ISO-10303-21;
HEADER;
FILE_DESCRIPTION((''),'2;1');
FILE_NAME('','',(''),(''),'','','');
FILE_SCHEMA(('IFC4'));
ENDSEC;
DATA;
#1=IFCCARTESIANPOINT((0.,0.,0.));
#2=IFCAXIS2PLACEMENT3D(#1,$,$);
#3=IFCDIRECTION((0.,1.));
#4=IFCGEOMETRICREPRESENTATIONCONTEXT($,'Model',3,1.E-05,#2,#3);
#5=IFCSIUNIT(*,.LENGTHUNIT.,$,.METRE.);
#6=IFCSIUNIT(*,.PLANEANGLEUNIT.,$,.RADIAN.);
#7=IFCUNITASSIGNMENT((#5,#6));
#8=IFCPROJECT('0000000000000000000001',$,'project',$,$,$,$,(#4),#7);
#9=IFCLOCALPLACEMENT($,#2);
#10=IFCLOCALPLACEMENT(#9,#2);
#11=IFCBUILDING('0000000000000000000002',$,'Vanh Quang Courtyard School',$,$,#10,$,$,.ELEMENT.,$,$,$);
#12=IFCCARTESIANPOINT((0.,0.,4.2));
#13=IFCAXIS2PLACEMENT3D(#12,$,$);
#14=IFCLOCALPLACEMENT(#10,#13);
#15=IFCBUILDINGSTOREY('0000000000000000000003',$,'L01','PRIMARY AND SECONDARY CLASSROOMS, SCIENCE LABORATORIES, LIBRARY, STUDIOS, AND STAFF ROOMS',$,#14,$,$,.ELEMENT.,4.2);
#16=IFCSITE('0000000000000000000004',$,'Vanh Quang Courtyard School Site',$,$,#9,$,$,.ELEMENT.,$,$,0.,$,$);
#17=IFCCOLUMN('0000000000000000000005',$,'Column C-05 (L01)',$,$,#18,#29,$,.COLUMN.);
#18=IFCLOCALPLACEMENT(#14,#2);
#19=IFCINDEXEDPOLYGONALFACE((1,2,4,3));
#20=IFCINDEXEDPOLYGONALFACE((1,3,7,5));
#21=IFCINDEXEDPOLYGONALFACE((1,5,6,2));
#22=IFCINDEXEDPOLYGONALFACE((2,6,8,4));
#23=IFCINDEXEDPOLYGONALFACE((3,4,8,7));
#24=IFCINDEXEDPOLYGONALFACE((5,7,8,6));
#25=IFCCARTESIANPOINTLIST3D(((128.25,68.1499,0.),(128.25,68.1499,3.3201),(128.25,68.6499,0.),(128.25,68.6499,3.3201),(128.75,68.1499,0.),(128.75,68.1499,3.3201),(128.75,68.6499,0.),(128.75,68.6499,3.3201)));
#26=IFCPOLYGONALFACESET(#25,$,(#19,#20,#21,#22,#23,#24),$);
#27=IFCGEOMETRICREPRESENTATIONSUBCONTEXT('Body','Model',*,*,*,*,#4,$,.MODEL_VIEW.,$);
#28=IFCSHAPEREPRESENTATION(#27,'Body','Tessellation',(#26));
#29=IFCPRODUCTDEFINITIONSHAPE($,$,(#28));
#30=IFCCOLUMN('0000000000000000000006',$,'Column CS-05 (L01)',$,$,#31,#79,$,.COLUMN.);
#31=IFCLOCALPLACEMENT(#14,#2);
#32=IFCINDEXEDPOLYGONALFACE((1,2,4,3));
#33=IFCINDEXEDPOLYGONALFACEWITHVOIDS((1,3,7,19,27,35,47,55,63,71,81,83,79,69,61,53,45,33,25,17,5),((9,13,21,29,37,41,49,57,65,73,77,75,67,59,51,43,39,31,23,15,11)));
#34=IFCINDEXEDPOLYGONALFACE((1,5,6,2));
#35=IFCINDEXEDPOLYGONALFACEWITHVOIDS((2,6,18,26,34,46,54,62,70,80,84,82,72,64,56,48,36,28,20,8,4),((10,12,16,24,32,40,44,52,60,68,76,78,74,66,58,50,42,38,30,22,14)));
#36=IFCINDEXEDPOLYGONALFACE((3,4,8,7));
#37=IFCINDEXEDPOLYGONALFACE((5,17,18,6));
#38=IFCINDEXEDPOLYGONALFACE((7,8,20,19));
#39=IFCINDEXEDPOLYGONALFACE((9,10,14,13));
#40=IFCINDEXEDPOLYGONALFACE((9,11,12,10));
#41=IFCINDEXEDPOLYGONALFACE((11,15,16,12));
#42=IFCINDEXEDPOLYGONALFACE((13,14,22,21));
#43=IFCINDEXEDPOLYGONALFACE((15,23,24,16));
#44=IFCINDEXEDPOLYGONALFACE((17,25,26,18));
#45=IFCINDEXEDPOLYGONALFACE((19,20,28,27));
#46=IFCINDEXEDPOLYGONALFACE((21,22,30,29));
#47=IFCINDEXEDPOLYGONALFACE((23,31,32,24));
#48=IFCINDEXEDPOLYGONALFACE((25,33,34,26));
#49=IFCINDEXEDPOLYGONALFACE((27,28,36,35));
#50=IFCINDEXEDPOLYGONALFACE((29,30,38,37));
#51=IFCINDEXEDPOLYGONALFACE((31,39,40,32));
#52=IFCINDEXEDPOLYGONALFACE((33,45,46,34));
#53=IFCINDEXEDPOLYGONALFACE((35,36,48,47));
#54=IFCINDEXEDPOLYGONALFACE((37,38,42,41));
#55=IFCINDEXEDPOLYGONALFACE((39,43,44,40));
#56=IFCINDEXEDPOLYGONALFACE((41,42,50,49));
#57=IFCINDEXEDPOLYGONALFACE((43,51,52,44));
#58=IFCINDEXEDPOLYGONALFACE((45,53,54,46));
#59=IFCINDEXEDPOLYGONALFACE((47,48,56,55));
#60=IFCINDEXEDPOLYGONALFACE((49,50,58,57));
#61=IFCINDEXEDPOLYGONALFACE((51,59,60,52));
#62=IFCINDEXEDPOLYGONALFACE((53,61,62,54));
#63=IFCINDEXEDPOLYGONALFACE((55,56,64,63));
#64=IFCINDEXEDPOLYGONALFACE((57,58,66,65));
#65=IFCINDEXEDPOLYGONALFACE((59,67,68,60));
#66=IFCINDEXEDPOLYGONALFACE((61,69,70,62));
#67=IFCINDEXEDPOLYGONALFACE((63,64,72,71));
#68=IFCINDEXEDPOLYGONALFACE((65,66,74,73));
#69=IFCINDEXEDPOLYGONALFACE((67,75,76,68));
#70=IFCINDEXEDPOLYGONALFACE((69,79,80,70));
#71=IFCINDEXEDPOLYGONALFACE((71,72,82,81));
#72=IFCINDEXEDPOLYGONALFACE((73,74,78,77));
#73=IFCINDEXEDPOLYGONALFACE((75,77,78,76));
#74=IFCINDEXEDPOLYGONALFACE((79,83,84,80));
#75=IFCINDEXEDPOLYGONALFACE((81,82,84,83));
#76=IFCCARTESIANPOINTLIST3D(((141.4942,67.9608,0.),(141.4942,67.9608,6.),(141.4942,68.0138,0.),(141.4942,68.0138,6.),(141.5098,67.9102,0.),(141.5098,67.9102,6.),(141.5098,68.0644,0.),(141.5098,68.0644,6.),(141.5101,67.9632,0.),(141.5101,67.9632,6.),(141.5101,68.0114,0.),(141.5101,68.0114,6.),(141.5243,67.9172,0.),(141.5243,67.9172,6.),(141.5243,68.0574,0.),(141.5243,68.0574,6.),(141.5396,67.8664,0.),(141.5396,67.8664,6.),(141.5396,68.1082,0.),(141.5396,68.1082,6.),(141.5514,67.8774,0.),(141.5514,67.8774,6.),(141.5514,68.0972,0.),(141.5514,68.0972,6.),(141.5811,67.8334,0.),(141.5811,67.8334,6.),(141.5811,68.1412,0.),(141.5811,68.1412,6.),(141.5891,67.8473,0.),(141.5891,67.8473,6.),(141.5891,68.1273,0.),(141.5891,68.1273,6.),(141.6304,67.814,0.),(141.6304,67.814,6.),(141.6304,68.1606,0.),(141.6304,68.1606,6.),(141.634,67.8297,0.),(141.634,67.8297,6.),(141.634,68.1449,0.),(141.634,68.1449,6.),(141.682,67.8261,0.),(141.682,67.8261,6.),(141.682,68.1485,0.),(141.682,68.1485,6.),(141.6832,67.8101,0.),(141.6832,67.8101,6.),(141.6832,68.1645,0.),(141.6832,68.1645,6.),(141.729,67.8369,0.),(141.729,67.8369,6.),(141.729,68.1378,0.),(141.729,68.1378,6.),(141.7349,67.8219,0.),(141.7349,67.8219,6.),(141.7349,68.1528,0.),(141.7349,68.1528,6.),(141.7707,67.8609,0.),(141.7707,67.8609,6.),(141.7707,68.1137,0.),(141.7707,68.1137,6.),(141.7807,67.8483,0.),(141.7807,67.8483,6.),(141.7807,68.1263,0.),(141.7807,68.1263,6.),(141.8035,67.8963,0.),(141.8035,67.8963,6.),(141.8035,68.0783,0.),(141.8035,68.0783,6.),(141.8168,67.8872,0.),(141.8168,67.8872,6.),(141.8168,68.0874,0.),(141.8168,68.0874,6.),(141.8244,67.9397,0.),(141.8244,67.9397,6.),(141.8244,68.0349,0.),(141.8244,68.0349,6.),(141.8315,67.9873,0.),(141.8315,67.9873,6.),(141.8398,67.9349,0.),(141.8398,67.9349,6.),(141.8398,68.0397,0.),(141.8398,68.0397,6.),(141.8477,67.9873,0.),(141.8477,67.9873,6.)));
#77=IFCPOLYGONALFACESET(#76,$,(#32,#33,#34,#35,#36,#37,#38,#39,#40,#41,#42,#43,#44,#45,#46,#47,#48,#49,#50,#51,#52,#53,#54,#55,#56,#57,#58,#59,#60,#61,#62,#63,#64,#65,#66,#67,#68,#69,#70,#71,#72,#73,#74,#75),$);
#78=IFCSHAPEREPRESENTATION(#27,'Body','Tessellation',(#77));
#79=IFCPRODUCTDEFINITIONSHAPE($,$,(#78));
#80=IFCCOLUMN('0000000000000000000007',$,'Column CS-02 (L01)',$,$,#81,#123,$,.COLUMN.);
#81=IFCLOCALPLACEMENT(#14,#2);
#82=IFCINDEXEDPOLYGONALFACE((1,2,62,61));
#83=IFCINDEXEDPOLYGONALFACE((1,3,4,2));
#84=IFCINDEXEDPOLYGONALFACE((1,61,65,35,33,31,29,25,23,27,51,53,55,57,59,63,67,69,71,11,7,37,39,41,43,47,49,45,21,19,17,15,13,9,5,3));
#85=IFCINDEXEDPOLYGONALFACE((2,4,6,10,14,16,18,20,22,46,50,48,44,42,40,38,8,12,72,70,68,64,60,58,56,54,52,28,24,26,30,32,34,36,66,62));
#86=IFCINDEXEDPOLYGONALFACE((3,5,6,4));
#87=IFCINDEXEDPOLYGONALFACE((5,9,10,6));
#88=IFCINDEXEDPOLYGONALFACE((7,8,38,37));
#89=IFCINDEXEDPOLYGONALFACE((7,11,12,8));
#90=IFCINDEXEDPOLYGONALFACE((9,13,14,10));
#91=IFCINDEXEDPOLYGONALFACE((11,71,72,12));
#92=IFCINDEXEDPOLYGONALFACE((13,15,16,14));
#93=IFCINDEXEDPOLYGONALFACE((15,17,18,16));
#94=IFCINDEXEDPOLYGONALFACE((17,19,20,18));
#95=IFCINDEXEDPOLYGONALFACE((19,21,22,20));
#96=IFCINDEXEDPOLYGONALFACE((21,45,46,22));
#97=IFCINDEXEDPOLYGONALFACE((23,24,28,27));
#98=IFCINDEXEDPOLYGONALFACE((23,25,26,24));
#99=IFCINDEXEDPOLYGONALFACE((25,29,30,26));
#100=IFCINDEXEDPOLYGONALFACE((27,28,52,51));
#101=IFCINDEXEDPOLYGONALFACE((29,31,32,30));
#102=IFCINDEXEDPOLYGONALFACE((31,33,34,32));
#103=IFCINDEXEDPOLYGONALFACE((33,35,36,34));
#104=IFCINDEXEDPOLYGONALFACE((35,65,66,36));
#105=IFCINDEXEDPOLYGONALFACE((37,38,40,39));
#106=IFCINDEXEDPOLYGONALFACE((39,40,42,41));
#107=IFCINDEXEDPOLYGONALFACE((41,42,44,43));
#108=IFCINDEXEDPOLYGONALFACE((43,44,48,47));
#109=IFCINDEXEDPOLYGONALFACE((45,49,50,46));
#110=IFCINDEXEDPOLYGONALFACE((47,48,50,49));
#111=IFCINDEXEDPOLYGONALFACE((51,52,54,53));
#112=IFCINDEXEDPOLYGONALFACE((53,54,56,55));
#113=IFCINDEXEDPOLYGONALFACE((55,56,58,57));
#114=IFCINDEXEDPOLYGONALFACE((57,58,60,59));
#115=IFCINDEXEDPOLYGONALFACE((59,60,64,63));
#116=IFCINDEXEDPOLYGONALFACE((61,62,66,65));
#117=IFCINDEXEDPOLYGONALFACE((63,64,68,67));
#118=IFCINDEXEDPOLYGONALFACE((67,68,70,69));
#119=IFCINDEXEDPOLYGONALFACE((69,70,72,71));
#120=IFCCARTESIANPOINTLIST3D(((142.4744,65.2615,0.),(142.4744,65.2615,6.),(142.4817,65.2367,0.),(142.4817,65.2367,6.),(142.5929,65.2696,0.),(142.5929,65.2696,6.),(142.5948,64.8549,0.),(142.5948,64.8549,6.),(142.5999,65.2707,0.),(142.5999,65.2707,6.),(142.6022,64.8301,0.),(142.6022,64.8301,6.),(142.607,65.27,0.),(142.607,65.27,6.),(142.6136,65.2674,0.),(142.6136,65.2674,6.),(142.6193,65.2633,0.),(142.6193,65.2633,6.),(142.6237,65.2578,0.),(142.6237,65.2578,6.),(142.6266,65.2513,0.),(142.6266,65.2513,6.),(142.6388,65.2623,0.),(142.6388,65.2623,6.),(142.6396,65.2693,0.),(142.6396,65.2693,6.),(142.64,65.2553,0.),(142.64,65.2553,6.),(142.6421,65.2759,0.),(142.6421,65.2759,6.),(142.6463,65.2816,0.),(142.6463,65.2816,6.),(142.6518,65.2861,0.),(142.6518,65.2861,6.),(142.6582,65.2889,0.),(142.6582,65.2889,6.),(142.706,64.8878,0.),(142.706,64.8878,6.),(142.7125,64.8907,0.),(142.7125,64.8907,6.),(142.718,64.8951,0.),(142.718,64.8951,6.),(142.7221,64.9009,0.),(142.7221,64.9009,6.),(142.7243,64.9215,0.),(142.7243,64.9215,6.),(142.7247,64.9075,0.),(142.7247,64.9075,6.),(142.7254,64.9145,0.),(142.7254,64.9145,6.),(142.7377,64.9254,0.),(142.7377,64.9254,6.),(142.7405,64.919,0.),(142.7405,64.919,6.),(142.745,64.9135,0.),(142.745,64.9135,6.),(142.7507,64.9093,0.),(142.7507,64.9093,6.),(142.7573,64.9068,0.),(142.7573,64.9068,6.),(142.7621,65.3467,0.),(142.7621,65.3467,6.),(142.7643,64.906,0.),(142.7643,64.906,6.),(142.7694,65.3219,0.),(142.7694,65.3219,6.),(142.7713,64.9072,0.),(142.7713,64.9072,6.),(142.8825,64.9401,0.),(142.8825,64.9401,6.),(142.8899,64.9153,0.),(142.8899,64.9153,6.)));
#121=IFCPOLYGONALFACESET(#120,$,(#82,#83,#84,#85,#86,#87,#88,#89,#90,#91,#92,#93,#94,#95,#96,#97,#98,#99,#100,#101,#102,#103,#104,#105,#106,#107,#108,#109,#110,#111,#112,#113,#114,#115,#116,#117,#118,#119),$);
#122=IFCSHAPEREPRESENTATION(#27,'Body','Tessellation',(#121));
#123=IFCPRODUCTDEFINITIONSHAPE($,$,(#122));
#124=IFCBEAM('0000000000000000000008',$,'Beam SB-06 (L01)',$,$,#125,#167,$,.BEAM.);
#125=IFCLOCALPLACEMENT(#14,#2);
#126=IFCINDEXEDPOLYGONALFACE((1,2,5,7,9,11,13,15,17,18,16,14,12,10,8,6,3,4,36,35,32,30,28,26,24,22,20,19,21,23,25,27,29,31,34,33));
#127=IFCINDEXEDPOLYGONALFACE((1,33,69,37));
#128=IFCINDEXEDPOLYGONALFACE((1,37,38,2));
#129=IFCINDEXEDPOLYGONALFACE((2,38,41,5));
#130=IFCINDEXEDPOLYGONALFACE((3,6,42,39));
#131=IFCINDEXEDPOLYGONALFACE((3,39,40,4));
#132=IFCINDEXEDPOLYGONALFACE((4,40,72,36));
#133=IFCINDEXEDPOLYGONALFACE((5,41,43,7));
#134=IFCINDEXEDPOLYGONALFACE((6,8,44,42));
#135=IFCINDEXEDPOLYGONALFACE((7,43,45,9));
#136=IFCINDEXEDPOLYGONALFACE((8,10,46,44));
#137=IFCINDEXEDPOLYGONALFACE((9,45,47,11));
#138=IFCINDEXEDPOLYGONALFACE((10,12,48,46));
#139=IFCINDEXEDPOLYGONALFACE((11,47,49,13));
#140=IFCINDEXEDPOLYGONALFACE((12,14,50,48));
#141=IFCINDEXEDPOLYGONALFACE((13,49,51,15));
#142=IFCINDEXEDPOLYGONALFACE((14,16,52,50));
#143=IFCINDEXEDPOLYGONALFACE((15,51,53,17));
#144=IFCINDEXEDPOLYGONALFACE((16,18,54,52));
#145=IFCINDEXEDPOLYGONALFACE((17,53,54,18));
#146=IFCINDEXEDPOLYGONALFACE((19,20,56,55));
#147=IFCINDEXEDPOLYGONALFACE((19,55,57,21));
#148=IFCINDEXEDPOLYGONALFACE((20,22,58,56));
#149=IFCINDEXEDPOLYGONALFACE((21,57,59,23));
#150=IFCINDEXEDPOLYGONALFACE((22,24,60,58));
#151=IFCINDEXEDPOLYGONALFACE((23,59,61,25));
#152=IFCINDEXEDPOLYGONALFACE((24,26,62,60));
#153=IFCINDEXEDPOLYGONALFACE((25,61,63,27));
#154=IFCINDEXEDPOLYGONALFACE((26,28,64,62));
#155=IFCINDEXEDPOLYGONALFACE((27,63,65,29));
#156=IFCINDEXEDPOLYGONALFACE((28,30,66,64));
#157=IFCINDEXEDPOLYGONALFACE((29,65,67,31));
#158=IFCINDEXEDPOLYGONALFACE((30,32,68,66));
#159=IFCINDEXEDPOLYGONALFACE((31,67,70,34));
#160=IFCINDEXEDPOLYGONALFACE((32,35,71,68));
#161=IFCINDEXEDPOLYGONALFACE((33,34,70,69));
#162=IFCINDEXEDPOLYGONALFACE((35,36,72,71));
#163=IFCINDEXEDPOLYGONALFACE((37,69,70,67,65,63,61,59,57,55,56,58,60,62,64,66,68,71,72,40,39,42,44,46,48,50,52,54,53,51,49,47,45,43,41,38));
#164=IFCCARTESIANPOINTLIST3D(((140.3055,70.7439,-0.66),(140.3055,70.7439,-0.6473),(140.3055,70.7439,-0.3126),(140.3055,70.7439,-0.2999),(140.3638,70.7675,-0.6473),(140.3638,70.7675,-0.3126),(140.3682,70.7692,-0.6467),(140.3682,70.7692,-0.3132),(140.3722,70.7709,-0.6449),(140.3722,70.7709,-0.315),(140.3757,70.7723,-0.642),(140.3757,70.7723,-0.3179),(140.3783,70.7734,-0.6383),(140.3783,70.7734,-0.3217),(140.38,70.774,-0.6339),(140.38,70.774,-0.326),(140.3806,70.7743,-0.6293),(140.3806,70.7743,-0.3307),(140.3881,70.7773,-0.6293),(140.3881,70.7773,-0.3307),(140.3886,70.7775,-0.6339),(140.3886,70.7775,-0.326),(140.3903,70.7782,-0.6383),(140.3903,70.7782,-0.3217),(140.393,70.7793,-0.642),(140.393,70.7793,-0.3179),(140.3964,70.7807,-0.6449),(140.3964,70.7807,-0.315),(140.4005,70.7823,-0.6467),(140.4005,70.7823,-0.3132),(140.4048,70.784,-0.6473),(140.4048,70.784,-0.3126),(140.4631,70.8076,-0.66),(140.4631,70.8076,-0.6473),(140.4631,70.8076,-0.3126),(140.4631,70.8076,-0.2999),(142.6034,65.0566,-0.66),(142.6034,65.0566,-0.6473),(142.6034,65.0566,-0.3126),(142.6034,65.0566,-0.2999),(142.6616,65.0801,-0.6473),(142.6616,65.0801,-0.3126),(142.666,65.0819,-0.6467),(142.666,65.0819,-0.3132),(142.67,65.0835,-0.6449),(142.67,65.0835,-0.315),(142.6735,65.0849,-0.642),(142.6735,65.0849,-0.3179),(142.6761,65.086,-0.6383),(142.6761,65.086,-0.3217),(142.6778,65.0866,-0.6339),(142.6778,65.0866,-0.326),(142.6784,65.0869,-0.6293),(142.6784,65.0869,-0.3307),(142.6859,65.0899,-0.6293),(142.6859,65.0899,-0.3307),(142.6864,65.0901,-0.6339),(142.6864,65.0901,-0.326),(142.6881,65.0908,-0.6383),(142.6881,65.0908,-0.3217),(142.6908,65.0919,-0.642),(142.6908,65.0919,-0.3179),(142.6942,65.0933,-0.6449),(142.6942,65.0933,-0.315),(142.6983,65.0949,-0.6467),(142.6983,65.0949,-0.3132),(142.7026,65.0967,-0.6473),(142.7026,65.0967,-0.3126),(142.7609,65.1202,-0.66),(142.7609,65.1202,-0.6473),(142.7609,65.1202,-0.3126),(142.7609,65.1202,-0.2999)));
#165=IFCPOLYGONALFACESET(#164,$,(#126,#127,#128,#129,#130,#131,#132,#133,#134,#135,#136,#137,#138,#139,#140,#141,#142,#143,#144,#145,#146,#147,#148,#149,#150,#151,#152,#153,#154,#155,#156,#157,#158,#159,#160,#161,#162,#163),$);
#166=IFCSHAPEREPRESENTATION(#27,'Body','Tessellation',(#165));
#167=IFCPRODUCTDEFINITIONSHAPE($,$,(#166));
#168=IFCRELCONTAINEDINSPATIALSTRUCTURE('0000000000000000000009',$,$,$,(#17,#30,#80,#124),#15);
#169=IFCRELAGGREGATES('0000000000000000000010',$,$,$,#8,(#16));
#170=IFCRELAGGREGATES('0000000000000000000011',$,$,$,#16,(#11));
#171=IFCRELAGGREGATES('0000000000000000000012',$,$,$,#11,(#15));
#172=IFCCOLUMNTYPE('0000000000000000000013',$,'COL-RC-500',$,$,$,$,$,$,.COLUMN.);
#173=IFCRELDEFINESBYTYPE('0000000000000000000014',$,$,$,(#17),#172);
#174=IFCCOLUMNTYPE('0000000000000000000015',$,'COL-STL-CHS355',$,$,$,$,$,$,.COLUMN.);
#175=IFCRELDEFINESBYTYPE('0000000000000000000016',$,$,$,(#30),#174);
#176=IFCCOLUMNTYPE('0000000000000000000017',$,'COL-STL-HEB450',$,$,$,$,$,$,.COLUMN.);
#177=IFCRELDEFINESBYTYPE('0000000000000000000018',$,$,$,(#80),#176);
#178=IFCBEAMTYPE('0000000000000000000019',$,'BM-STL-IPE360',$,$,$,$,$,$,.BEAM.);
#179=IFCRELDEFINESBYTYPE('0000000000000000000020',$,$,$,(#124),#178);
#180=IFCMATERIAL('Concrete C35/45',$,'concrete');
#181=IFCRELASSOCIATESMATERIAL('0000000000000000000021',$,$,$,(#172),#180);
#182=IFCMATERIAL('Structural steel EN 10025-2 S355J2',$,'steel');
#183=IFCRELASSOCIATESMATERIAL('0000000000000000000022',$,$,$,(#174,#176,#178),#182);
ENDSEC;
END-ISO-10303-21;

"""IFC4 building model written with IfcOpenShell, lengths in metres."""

from ifc_helpers import new_model, si_unit, direction, frame, origin, origin_2d, place, context, subcontext, project, spatial, rectangle, hollow_circle, i_section, extrude, material, material_profile, profile_set, type_object, element, save


model = new_model("IFC4")

# Units and contexts
model_context = context("Model", 3, precision=1e-05, world=origin(), true_north=direction((0.0, 1.0)))
body_context = subcontext(model_context, "Body", "Model", "MODEL_VIEW")
ifc_project = project(units=[si_unit("LENGTHUNIT", "METRE"), si_unit("PLANEANGLEUNIT", "RADIAN")], contexts=[model_context])

# Site, building, storey
site_placement = place(None, origin())
site = spatial("IfcSite", under=ifc_project, at=site_placement, Name="Vanh Quang Courtyard School Site", CompositionType="ELEMENT", RefElevation=0.0)
building_placement = place(site_placement, origin())
building = spatial("IfcBuilding", under=site, at=building_placement, Name="Vanh Quang Courtyard School", CompositionType="ELEMENT")
storey_placement = place(building_placement, frame((0.0, 0.0, 4.2)))
storey = spatial("IfcBuildingStorey", under=building, at=storey_placement, Name="L01", Description="PRIMARY AND SECONDARY CLASSROOMS, SCIENCE LABORATORIES, LIBRARY, STUDIOS, AND STAFF ROOMS", CompositionType="ELEMENT", Elevation=4.2)

# Columns
ifc_material_1 = material(Name="Concrete C35/45", Category="concrete")
ifc_material_profile_1 = material_profile(ifc_material_1, rectangle(XDim=0.5, YDim=0.5, at=origin_2d()), Name="RC-COL 500x500")
ifc_profile_set_1 = profile_set([ifc_material_profile_1], Name="Concrete C35/45")
column_type_1 = type_object("IfcColumnType", Name="COL-RC-500", PredefinedType="COLUMN", material=ifc_profile_set_1)
column_1_placement = place(storey_placement, frame((128.5, 68.3999, 0.0), z_axis=(0.0, 0.0, 1.0), x_axis=(1.0, 0.0, 0.0)))
element("IfcColumn", 1, at=column_1_placement, inside=storey, type_object=column_type_1, Name="Column C-05 (L01)", PredefinedType="COLUMN", context=body_context, shape_type="SweptSolid", body=[
    extrude(rectangle(XDim=0.5, YDim=0.5, at=origin_2d()), origin(), (0.0, 0.0, 1.0), 3.3201),
])
ifc_material_2 = material(Name="Structural steel EN 10025-2 S355J2", Category="steel")
ifc_material_profile_2 = material_profile(ifc_material_2, hollow_circle(Radius=0.1777, WallThickness=0.0161, at=origin_2d()), Name="CHS 355.6x16")
ifc_profile_set_2 = profile_set([ifc_material_profile_2], Name="Structural steel EN 10025-2 S355J2")
column_type_2 = type_object("IfcColumnType", Name="COL-STL-CHS355", PredefinedType="COLUMN", material=ifc_profile_set_2)
column_2_placement = place(storey_placement, frame((141.6699, 67.9873, 0.0), z_axis=(0.0, 0.0, 1.0), x_axis=(1.0, 0.0, 0.0)))
element("IfcColumn", 2, at=column_2_placement, inside=storey, type_object=column_type_2, Name="Column CS-05 (L01)", PredefinedType="COLUMN", context=body_context, shape_type="SweptSolid", body=[
    extrude(hollow_circle(Radius=0.1777, WallThickness=0.0161, at=origin_2d()), origin(), (0.0, 0.0, 1.0), 6.0),
])
ifc_material_profile_3 = material_profile(ifc_material_2, i_section(OverallWidth=0.3, OverallDepth=0.45, WebThickness=0.0139, FlangeThickness=0.0259, FilletRadius=0.0271, at=origin_2d()), Name="HEB 450")
ifc_profile_set_3 = profile_set([ifc_material_profile_3], Name="Structural steel EN 10025-2 S355J2")
column_type_3 = type_object("IfcColumnType", Name="COL-STL-HEB450", PredefinedType="COLUMN", material=ifc_profile_set_3)
column_3_placement = place(storey_placement, frame((142.6821, 65.0884, 0.0), z_axis=(0.0, 0.0, 1.0), x_axis=(0.95882, 0.284015, 0.0)))
element("IfcColumn", 3, at=column_3_placement, inside=storey, type_object=column_type_3, Name="Column CS-02 (L01)", PredefinedType="COLUMN", context=body_context, shape_type="SweptSolid", body=[
    extrude(i_section(OverallWidth=0.3, OverallDepth=0.45, WebThickness=0.0139, FlangeThickness=0.0259, FilletRadius=0.0271, at=origin_2d()), origin(), (0.0, 0.0, 1.0), 6.0),
])

# Beam
ifc_material_profile_4 = material_profile(ifc_material_2, i_section(OverallWidth=0.1699, OverallDepth=0.3601, WebThickness=0.0081, FlangeThickness=0.0127, FilletRadius=0.0181, at=origin_2d()), Name="IPE 360")
ifc_profile_set_4 = profile_set([ifc_material_profile_4], Name="Structural steel EN 10025-2 S355J2")
beam_type_1 = type_object("IfcBeamType", Name="BM-STL-IPE360", PredefinedType="BEAM", material=ifc_profile_set_4)
beam_1_placement = place(storey_placement, frame((142.6821, 65.0884, -0.48), z_axis=(-0.3746, 0.927187, 0.0), x_axis=(-0.927187, -0.3746, 0.0)))
element("IfcBeam", 4, at=beam_1_placement, inside=storey, type_object=beam_type_1, Name="Beam SB-06 (L01)", PredefinedType="BEAM", context=body_context, shape_type="SweptSolid", body=[
    extrude(i_section(OverallWidth=0.1699, OverallDepth=0.3601, WebThickness=0.0081, FlangeThickness=0.0127, FilletRadius=0.0181, at=origin_2d()), origin(), (0.0, 0.0, 1.0), 6.134),
])

save(model, "model.ifc")
